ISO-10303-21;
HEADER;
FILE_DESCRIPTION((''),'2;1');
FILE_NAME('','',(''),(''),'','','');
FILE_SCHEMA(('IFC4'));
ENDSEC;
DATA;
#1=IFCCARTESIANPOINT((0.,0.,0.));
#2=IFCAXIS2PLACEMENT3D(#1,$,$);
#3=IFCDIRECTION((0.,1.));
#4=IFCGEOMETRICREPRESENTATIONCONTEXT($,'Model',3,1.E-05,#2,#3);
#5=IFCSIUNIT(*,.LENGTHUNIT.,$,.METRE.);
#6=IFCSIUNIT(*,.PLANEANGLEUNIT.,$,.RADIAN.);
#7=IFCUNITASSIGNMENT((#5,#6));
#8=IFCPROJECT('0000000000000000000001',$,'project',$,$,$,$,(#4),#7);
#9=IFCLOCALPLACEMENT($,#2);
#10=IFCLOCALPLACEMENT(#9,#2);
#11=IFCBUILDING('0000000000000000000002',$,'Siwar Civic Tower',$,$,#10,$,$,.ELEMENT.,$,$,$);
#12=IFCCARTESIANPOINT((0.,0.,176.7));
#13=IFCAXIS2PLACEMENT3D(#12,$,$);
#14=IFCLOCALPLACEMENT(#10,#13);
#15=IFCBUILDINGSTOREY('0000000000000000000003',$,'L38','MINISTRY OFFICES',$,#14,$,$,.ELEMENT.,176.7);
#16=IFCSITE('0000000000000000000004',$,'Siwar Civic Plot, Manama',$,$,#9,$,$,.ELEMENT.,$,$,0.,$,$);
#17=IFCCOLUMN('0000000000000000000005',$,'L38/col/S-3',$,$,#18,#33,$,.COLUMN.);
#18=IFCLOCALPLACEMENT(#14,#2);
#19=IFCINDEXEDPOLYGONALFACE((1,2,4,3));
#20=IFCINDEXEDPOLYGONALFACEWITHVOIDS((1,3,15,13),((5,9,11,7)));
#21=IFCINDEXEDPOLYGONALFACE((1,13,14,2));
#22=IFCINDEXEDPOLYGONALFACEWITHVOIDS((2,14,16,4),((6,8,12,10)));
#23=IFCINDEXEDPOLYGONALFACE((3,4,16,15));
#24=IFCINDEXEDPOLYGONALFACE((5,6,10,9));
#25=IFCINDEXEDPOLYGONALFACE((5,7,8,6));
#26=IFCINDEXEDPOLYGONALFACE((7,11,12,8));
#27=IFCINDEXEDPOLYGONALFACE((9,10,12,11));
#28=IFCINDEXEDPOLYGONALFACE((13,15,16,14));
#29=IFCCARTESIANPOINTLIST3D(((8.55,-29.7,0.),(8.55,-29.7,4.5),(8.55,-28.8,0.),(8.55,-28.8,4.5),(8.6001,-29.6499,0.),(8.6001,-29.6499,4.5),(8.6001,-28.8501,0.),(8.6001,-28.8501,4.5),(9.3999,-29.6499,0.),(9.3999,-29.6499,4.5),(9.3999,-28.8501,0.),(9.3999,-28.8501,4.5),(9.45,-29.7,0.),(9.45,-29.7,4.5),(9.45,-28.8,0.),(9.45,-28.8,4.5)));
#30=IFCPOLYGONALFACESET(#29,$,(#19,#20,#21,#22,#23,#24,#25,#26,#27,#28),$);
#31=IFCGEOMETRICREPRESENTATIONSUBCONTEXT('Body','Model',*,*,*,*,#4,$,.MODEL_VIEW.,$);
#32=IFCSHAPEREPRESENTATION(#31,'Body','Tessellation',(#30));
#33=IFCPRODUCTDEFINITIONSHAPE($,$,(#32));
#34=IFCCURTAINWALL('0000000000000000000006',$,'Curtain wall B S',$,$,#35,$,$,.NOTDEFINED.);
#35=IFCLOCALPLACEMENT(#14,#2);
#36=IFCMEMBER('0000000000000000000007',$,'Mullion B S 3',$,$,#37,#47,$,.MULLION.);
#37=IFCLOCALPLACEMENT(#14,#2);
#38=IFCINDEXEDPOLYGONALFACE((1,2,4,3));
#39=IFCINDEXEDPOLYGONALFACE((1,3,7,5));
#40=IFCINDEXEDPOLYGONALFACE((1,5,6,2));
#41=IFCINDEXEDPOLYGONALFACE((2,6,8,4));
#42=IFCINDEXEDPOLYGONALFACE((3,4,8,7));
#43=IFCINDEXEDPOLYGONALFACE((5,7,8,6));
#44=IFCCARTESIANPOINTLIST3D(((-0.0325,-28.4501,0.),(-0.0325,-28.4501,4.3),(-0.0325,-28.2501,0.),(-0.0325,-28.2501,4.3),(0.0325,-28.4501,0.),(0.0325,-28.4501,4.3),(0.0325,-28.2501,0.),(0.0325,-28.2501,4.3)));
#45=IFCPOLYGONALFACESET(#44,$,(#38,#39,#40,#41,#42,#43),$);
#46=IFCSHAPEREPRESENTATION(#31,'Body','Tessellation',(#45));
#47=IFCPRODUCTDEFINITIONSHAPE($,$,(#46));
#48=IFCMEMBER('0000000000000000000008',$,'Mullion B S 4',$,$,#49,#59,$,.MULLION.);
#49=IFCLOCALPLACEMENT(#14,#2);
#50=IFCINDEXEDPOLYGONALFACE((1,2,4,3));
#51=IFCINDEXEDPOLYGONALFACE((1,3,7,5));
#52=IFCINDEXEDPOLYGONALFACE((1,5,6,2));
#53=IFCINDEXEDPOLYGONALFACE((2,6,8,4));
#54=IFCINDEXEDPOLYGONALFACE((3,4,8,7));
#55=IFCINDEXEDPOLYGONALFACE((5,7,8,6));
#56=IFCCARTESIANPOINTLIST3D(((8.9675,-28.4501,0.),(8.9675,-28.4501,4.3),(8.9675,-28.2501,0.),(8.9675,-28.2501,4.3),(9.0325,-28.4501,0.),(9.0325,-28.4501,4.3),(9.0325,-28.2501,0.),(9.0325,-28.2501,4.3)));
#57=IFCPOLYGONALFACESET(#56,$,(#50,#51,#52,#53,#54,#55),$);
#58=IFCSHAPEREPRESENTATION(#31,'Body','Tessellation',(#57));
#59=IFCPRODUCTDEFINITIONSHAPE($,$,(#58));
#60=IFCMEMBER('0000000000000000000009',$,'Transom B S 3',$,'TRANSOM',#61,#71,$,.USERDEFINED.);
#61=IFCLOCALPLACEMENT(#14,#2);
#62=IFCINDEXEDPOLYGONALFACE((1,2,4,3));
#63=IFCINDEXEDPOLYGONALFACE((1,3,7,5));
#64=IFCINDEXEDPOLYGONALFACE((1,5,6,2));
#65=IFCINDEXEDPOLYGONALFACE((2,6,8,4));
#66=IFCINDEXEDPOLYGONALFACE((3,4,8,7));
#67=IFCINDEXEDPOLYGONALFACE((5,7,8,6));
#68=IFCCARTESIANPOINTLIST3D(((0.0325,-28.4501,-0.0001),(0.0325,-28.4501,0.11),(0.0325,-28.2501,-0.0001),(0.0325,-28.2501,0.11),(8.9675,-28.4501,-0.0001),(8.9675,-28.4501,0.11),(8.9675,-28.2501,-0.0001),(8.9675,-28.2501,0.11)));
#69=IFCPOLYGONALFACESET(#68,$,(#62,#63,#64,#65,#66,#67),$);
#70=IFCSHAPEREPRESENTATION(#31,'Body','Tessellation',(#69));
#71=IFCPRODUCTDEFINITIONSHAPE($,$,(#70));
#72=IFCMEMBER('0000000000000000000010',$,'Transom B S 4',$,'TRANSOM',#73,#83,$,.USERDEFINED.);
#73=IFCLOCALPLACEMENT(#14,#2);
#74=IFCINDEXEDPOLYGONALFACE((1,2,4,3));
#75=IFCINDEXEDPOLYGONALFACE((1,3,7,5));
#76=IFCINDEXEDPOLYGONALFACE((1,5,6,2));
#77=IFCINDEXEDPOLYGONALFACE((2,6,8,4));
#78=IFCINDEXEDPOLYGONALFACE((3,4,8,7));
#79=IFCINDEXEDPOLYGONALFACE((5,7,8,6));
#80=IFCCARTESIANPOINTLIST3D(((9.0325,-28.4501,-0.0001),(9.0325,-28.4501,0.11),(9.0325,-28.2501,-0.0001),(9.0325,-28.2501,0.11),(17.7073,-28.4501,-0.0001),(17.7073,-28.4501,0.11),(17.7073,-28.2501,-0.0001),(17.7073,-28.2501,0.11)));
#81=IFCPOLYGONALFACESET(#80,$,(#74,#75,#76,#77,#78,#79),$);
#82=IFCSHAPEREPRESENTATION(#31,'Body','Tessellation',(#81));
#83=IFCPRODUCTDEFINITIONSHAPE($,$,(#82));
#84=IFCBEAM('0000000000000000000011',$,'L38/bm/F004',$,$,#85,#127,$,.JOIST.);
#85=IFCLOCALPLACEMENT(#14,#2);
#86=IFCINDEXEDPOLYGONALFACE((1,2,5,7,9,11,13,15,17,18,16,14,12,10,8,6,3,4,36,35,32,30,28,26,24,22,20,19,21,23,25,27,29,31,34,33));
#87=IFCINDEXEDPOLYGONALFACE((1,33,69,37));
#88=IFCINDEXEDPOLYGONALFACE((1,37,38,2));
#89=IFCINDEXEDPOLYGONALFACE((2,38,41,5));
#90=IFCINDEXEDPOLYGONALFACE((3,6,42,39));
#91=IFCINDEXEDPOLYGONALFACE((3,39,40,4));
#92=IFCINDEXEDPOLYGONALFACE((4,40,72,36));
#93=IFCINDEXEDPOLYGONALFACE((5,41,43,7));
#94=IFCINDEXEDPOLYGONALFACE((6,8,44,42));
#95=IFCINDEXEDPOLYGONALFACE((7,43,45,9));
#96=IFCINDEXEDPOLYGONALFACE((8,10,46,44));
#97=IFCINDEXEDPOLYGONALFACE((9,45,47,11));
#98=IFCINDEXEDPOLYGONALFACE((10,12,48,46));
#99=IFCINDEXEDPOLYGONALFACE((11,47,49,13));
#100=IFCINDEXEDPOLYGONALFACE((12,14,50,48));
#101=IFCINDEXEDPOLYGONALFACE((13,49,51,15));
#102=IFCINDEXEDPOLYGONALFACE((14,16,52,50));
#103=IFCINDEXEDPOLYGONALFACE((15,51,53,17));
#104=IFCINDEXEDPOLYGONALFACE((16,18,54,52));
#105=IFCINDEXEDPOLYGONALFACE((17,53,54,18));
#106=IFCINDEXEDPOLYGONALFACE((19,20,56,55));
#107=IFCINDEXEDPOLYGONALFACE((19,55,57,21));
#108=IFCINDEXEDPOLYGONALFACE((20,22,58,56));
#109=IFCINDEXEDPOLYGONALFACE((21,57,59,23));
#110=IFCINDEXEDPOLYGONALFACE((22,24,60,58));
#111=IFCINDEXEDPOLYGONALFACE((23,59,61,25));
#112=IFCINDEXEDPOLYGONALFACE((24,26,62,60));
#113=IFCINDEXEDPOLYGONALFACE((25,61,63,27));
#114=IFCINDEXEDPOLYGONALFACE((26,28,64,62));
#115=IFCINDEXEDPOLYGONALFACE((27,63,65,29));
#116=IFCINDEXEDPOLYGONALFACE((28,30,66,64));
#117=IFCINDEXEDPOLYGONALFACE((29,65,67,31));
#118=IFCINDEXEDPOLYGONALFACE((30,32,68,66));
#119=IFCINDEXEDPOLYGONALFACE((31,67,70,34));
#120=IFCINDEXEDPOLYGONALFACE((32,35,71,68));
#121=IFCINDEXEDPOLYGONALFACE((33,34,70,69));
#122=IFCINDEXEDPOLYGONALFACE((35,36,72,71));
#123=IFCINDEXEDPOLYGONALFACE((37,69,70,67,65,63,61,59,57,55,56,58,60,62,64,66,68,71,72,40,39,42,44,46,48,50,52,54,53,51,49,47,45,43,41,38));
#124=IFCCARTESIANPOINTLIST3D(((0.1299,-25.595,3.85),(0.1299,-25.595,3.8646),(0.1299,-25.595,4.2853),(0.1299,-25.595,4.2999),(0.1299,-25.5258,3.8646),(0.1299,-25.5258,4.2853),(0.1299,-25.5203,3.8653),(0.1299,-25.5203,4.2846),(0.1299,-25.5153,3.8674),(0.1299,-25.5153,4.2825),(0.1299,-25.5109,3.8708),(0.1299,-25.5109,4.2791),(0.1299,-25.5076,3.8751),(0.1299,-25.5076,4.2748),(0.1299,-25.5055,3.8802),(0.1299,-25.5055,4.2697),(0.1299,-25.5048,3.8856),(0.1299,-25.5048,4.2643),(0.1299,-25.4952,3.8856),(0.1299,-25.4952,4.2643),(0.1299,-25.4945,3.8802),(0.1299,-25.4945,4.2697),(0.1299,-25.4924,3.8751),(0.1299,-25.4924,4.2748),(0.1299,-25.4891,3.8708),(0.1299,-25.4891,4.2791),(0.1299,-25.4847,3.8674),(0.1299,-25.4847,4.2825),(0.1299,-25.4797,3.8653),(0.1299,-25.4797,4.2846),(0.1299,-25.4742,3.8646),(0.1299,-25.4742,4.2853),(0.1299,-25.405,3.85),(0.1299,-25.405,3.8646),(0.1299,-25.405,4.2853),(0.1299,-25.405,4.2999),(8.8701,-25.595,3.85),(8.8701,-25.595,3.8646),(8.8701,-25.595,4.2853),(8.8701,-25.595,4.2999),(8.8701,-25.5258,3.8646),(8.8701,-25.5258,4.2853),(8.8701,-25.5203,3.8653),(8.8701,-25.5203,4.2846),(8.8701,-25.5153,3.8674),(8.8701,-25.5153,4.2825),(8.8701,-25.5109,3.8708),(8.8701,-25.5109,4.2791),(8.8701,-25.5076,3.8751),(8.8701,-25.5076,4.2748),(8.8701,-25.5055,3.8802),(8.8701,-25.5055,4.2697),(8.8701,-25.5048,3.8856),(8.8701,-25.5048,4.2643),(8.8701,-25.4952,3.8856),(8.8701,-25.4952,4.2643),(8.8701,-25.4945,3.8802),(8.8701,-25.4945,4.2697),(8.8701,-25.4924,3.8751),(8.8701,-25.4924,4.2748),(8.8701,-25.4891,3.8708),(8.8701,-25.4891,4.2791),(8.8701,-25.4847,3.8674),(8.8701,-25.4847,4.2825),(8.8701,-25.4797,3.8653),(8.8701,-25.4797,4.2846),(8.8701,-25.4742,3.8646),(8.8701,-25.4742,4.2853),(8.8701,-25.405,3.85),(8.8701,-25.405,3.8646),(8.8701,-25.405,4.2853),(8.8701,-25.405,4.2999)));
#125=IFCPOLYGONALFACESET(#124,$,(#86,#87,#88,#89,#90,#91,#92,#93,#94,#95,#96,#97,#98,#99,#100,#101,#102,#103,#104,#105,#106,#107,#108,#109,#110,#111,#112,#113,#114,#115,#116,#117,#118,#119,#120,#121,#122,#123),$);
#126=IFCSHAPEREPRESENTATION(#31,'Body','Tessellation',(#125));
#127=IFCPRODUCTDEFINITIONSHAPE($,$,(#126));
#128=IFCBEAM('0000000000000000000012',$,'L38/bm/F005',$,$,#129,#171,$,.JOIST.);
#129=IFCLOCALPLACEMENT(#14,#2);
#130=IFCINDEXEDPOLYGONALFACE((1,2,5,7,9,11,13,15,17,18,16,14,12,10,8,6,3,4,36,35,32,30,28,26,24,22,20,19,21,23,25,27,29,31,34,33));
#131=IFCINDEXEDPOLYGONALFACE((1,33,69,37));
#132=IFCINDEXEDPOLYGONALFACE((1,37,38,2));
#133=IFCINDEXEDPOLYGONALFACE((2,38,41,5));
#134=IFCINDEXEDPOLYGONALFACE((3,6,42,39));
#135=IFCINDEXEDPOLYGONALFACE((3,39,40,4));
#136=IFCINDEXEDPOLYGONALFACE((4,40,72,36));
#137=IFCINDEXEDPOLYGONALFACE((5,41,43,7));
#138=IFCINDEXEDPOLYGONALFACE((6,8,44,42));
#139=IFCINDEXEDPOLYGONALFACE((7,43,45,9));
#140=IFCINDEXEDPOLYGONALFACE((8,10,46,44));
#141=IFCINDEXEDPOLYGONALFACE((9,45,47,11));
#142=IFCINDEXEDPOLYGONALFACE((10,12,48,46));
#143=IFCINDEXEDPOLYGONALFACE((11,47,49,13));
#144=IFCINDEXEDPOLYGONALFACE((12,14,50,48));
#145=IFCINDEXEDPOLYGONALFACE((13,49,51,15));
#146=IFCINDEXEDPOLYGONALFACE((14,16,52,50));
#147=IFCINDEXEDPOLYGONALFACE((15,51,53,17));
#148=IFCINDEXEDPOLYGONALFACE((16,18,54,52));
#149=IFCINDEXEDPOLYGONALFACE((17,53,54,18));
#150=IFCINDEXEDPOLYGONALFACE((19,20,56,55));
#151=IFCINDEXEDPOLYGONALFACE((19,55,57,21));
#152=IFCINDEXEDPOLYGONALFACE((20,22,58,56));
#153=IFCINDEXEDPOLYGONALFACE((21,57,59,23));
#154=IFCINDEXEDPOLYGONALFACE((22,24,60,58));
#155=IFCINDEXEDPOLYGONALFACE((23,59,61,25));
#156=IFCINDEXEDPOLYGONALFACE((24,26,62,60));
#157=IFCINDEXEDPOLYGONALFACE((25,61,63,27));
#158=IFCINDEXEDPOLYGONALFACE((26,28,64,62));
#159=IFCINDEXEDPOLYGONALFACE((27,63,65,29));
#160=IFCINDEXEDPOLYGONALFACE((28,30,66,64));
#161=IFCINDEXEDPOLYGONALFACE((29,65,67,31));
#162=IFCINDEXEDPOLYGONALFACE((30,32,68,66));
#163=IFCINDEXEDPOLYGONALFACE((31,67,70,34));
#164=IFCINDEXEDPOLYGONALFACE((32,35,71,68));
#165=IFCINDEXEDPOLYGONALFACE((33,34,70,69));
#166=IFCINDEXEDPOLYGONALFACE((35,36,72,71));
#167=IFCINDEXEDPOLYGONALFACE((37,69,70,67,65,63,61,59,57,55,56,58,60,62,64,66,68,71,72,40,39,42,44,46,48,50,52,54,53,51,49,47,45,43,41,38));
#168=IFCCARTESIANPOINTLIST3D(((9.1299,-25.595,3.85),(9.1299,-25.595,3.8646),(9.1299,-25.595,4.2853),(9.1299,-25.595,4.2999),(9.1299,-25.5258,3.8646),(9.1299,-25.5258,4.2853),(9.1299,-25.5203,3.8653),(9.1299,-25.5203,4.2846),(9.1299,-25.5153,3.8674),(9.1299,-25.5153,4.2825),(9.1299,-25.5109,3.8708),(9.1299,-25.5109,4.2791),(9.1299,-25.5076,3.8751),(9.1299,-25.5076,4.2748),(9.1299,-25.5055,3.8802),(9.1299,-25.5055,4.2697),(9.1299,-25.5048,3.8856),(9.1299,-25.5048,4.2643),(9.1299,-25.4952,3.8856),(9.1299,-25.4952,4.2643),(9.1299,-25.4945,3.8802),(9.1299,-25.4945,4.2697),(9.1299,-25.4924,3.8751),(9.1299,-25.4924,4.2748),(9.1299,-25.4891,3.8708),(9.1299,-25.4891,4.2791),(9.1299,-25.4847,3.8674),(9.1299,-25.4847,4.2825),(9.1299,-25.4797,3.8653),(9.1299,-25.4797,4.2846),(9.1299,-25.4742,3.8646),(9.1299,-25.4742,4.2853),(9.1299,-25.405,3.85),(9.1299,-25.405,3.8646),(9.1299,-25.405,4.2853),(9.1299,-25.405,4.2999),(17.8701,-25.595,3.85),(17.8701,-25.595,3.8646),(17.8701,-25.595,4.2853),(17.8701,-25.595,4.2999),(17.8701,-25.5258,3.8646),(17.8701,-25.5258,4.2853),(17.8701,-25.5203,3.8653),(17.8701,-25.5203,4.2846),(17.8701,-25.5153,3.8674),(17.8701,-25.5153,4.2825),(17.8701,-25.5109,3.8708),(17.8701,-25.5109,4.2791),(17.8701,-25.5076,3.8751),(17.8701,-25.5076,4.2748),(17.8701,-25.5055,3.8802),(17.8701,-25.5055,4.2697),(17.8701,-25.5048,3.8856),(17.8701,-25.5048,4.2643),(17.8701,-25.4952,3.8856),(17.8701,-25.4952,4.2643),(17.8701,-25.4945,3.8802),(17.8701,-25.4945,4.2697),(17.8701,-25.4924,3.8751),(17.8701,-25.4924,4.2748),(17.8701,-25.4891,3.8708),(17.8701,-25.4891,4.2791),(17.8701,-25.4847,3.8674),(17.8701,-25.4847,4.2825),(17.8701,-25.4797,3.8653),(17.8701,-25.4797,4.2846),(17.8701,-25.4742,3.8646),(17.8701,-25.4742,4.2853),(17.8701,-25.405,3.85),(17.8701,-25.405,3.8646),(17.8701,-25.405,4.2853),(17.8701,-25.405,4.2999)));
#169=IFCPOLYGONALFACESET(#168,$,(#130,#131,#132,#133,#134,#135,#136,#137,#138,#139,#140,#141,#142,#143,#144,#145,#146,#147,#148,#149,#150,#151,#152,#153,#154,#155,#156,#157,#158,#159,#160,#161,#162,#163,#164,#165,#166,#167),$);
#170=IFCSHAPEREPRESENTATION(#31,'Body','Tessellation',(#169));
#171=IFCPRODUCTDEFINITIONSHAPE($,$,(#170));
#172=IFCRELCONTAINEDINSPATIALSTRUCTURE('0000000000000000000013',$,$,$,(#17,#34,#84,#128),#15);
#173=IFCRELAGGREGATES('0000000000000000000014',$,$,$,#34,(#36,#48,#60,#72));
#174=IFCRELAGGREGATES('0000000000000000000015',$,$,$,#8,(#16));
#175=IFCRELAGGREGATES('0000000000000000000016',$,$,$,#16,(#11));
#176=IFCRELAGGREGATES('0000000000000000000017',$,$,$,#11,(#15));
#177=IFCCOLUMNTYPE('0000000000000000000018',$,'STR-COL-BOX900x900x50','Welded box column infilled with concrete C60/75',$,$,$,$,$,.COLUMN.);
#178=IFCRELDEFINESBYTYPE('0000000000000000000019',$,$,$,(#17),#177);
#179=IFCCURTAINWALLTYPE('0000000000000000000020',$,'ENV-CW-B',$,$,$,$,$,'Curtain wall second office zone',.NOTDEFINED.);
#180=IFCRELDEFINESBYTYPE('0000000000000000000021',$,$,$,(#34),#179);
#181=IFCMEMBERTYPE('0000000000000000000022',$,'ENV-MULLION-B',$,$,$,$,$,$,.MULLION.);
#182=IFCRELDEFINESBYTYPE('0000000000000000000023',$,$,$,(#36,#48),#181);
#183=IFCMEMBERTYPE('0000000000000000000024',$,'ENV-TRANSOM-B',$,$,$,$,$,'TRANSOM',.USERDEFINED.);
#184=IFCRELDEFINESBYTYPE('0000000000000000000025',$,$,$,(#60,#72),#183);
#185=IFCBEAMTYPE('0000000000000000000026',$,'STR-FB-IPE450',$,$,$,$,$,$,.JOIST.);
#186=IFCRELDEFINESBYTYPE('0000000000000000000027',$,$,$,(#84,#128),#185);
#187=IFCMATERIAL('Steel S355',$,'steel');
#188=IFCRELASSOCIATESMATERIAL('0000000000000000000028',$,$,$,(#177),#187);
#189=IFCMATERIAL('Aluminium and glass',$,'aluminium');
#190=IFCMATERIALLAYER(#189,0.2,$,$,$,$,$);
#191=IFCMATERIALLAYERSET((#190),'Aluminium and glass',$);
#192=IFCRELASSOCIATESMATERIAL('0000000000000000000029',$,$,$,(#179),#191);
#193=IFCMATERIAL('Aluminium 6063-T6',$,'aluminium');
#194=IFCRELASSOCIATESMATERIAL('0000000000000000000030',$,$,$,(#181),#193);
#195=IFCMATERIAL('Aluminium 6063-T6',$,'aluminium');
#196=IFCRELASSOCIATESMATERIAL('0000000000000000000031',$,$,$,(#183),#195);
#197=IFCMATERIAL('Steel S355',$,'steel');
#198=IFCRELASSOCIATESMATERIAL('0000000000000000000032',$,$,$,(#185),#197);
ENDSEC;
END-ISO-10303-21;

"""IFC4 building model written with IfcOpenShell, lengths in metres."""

from ifc_helpers import new_model, si_unit, direction, frame, origin, origin_2d, place, context, subcontext, project, spatial, rectangle, hollow_rectangle, i_section, extrude, material, layer, layer_set, material_profile, profile_set, type_object, element, aggregate, save


model = new_model("IFC4")

# Units and contexts
model_context = context("Model", 3, precision=1e-05, world=origin(), true_north=direction((0.0, 1.0)))
body_context = subcontext(model_context, "Body", "Model", "MODEL_VIEW")
ifc_project = project(units=[si_unit("LENGTHUNIT", "METRE"), si_unit("PLANEANGLEUNIT", "RADIAN")], contexts=[model_context])

# Site, building, storey
site_placement = place(None, origin())
site = spatial("IfcSite", under=ifc_project, at=site_placement, Name="Siwar Civic Plot, Manama", CompositionType="ELEMENT", RefElevation=0.0)
building_placement = place(site_placement, origin())
building = spatial("IfcBuilding", under=site, at=building_placement, Name="Siwar Civic Tower", CompositionType="ELEMENT")
storey_placement = place(building_placement, frame((0.0, 0.0, 176.7)))
storey = spatial("IfcBuildingStorey", under=building, at=storey_placement, Name="L38", Description="MINISTRY OFFICES", CompositionType="ELEMENT", Elevation=176.7)

# Column
ifc_material_1 = material(Name="Steel S355", Category="steel")
ifc_material_profile_1 = material_profile(ifc_material_1, hollow_rectangle(XDim=0.8999, YDim=0.8999, WallThickness=0.05, at=origin_2d()), Name="BOX900x900x50")
ifc_profile_set_1 = profile_set([ifc_material_profile_1], Name="Steel S355")
column_type = type_object("IfcColumnType", Name="STR-COL-BOX900x900x50", Description="Welded box column infilled with concrete C60/75", PredefinedType="COLUMN", material=ifc_profile_set_1)
column_placement = place(storey_placement, frame((9.0, -29.25, 0.0), z_axis=(0.0, 0.0, 1.0), x_axis=(1.0, 0.0, 0.0)))
element("IfcColumn", 1, at=column_placement, inside=storey, type_object=column_type, Name="L38/col/S-3", PredefinedType="COLUMN", context=body_context, shape_type="SweptSolid", body=[
    extrude(hollow_rectangle(XDim=0.8999, YDim=0.8999, WallThickness=0.05, at=origin_2d()), origin(), (0.0, 0.0, 1.0), 4.5),
])

# Curtain wall, members
ifc_material_2 = material(Name="Aluminium and glass", Category="aluminium")
ifc_layer_1 = layer(ifc_material_2, 0.2)
ifc_layer_set_1 = layer_set([ifc_layer_1], Name="Aluminium and glass")
curtain_wall_type = type_object("IfcCurtainWallType", Name="ENV-CW-B", ElementType="Curtain wall second office zone", PredefinedType="NOTDEFINED", material=ifc_layer_set_1)
curtain_wall_placement = place(storey_placement, origin())
curtain_wall = element("IfcCurtainWall", 2, at=curtain_wall_placement, inside=storey, type_object=curtain_wall_type, Name="Curtain wall B S", PredefinedType="NOTDEFINED")
ifc_material_3 = material(Name="Aluminium 6063-T6", Category="aluminium")
ifc_material_profile_2 = material_profile(ifc_material_3, rectangle(XDim=0.2, YDim=0.0649, at=origin_2d()), Name="AL 200x65")
ifc_profile_set_2 = profile_set([ifc_material_profile_2], Name="Aluminium 6063-T6")
member_type_1 = type_object("IfcMemberType", Name="ENV-MULLION-B", PredefinedType="MULLION", material=ifc_profile_set_2)
member_1_placement = place(storey_placement, frame((0.0, -28.3501, 0.0), z_axis=(0.0, 0.0, 1.0), x_axis=(0.0, 1.0, 0.0)))
member_1 = element("IfcMember", 3, at=member_1_placement, type_object=member_type_1, Name="Mullion B S 3", PredefinedType="MULLION", context=body_context, shape_type="SweptSolid", body=[
    extrude(rectangle(XDim=0.2, YDim=0.0649, at=origin_2d()), origin(), (0.0, 0.0, 1.0), 4.3),
])
member_2_placement = place(storey_placement, frame((9.0, -28.3501, 0.0), z_axis=(0.0, 0.0, 1.0), x_axis=(0.0, 1.0, 0.0)))
member_2 = element("IfcMember", 4, at=member_2_placement, type_object=member_type_1, Name="Mullion B S 4", PredefinedType="MULLION", context=body_context, shape_type="SweptSolid", body=[
    extrude(rectangle(XDim=0.2, YDim=0.0649, at=origin_2d()), origin(), (0.0, 0.0, 1.0), 4.3),
])
ifc_material_4 = material(Name="Aluminium 6063-T6", Category="aluminium")
ifc_material_profile_3 = material_profile(ifc_material_4, rectangle(XDim=0.2, YDim=0.1101, at=origin_2d()), Name="AL 200x110")
ifc_profile_set_3 = profile_set([ifc_material_profile_3], Name="Aluminium 6063-T6")
member_type_2 = type_object("IfcMemberType", Name="ENV-TRANSOM-B", ElementType="TRANSOM", PredefinedType="USERDEFINED", material=ifc_profile_set_3)
member_3_placement = place(storey_placement, frame((0.0325, -28.3501, 0.0549), z_axis=(1.0, 0.0, 0.0), x_axis=(0.0, 1.0, 0.0)))
member_3 = element("IfcMember", 5, at=member_3_placement, type_object=member_type_2, Name="Transom B S 3", ObjectType="TRANSOM", PredefinedType="USERDEFINED", context=body_context, shape_type="SweptSolid", body=[
    extrude(rectangle(XDim=0.2, YDim=0.1101, at=origin_2d()), origin(), (0.0, 0.0, 1.0), 8.9351),
])
member_4_placement = place(storey_placement, frame((9.0325, -28.3501, 0.0549), z_axis=(1.0, 0.0, 0.0), x_axis=(0.0, 1.0, 0.0)))
member_4 = element("IfcMember", 6, at=member_4_placement, type_object=member_type_2, Name="Transom B S 4", ObjectType="TRANSOM", PredefinedType="USERDEFINED", context=body_context, shape_type="SweptSolid", body=[
    extrude(rectangle(XDim=0.2, YDim=0.1101, at=origin_2d()), origin(), (0.0, 0.0, 1.0), 8.6748),
])

# Beams
ifc_material_5 = material(Name="Steel S355", Category="steel")
ifc_material_profile_4 = material_profile(ifc_material_5, i_section(OverallWidth=0.1899, OverallDepth=0.45, WebThickness=0.0095, FlangeThickness=0.0146, FilletRadius=0.021, at=origin_2d()), Name="IPE450")
ifc_profile_set_4 = profile_set([ifc_material_profile_4], Name="Steel S355")
beam_type_1 = type_object("IfcBeamType", Name="STR-FB-IPE450", PredefinedType="JOIST", material=ifc_profile_set_4)
for number, where, z_axis, x_axis, name in (
    (7, (0.1299, -25.5, 4.075), (1.0, 0.0, 0.0), (0.0, 1.0, 0.0), "L38/bm/F004"),
    (8, (9.1299, -25.5, 4.075), (1.0, 0.0, 0.0), (0.0, 1.0, 0.0), "L38/bm/F005"),
):
    element("IfcBeam", number, at=place(storey_placement, frame(where, z_axis=z_axis, x_axis=x_axis)), inside=storey, type_object=beam_type_1, Name=name, PredefinedType="JOIST", context=body_context, shape_type="SweptSolid", body=[
        extrude(i_section(OverallWidth=0.1899, OverallDepth=0.45, WebThickness=0.0095, FlangeThickness=0.0146, FilletRadius=0.021, at=origin_2d()), origin(), (0.0, 0.0, 1.0), 8.7402),
    ])

aggregate(curtain_wall, [member_1, member_2, member_3, member_4])

save(model, "model.ifc")
